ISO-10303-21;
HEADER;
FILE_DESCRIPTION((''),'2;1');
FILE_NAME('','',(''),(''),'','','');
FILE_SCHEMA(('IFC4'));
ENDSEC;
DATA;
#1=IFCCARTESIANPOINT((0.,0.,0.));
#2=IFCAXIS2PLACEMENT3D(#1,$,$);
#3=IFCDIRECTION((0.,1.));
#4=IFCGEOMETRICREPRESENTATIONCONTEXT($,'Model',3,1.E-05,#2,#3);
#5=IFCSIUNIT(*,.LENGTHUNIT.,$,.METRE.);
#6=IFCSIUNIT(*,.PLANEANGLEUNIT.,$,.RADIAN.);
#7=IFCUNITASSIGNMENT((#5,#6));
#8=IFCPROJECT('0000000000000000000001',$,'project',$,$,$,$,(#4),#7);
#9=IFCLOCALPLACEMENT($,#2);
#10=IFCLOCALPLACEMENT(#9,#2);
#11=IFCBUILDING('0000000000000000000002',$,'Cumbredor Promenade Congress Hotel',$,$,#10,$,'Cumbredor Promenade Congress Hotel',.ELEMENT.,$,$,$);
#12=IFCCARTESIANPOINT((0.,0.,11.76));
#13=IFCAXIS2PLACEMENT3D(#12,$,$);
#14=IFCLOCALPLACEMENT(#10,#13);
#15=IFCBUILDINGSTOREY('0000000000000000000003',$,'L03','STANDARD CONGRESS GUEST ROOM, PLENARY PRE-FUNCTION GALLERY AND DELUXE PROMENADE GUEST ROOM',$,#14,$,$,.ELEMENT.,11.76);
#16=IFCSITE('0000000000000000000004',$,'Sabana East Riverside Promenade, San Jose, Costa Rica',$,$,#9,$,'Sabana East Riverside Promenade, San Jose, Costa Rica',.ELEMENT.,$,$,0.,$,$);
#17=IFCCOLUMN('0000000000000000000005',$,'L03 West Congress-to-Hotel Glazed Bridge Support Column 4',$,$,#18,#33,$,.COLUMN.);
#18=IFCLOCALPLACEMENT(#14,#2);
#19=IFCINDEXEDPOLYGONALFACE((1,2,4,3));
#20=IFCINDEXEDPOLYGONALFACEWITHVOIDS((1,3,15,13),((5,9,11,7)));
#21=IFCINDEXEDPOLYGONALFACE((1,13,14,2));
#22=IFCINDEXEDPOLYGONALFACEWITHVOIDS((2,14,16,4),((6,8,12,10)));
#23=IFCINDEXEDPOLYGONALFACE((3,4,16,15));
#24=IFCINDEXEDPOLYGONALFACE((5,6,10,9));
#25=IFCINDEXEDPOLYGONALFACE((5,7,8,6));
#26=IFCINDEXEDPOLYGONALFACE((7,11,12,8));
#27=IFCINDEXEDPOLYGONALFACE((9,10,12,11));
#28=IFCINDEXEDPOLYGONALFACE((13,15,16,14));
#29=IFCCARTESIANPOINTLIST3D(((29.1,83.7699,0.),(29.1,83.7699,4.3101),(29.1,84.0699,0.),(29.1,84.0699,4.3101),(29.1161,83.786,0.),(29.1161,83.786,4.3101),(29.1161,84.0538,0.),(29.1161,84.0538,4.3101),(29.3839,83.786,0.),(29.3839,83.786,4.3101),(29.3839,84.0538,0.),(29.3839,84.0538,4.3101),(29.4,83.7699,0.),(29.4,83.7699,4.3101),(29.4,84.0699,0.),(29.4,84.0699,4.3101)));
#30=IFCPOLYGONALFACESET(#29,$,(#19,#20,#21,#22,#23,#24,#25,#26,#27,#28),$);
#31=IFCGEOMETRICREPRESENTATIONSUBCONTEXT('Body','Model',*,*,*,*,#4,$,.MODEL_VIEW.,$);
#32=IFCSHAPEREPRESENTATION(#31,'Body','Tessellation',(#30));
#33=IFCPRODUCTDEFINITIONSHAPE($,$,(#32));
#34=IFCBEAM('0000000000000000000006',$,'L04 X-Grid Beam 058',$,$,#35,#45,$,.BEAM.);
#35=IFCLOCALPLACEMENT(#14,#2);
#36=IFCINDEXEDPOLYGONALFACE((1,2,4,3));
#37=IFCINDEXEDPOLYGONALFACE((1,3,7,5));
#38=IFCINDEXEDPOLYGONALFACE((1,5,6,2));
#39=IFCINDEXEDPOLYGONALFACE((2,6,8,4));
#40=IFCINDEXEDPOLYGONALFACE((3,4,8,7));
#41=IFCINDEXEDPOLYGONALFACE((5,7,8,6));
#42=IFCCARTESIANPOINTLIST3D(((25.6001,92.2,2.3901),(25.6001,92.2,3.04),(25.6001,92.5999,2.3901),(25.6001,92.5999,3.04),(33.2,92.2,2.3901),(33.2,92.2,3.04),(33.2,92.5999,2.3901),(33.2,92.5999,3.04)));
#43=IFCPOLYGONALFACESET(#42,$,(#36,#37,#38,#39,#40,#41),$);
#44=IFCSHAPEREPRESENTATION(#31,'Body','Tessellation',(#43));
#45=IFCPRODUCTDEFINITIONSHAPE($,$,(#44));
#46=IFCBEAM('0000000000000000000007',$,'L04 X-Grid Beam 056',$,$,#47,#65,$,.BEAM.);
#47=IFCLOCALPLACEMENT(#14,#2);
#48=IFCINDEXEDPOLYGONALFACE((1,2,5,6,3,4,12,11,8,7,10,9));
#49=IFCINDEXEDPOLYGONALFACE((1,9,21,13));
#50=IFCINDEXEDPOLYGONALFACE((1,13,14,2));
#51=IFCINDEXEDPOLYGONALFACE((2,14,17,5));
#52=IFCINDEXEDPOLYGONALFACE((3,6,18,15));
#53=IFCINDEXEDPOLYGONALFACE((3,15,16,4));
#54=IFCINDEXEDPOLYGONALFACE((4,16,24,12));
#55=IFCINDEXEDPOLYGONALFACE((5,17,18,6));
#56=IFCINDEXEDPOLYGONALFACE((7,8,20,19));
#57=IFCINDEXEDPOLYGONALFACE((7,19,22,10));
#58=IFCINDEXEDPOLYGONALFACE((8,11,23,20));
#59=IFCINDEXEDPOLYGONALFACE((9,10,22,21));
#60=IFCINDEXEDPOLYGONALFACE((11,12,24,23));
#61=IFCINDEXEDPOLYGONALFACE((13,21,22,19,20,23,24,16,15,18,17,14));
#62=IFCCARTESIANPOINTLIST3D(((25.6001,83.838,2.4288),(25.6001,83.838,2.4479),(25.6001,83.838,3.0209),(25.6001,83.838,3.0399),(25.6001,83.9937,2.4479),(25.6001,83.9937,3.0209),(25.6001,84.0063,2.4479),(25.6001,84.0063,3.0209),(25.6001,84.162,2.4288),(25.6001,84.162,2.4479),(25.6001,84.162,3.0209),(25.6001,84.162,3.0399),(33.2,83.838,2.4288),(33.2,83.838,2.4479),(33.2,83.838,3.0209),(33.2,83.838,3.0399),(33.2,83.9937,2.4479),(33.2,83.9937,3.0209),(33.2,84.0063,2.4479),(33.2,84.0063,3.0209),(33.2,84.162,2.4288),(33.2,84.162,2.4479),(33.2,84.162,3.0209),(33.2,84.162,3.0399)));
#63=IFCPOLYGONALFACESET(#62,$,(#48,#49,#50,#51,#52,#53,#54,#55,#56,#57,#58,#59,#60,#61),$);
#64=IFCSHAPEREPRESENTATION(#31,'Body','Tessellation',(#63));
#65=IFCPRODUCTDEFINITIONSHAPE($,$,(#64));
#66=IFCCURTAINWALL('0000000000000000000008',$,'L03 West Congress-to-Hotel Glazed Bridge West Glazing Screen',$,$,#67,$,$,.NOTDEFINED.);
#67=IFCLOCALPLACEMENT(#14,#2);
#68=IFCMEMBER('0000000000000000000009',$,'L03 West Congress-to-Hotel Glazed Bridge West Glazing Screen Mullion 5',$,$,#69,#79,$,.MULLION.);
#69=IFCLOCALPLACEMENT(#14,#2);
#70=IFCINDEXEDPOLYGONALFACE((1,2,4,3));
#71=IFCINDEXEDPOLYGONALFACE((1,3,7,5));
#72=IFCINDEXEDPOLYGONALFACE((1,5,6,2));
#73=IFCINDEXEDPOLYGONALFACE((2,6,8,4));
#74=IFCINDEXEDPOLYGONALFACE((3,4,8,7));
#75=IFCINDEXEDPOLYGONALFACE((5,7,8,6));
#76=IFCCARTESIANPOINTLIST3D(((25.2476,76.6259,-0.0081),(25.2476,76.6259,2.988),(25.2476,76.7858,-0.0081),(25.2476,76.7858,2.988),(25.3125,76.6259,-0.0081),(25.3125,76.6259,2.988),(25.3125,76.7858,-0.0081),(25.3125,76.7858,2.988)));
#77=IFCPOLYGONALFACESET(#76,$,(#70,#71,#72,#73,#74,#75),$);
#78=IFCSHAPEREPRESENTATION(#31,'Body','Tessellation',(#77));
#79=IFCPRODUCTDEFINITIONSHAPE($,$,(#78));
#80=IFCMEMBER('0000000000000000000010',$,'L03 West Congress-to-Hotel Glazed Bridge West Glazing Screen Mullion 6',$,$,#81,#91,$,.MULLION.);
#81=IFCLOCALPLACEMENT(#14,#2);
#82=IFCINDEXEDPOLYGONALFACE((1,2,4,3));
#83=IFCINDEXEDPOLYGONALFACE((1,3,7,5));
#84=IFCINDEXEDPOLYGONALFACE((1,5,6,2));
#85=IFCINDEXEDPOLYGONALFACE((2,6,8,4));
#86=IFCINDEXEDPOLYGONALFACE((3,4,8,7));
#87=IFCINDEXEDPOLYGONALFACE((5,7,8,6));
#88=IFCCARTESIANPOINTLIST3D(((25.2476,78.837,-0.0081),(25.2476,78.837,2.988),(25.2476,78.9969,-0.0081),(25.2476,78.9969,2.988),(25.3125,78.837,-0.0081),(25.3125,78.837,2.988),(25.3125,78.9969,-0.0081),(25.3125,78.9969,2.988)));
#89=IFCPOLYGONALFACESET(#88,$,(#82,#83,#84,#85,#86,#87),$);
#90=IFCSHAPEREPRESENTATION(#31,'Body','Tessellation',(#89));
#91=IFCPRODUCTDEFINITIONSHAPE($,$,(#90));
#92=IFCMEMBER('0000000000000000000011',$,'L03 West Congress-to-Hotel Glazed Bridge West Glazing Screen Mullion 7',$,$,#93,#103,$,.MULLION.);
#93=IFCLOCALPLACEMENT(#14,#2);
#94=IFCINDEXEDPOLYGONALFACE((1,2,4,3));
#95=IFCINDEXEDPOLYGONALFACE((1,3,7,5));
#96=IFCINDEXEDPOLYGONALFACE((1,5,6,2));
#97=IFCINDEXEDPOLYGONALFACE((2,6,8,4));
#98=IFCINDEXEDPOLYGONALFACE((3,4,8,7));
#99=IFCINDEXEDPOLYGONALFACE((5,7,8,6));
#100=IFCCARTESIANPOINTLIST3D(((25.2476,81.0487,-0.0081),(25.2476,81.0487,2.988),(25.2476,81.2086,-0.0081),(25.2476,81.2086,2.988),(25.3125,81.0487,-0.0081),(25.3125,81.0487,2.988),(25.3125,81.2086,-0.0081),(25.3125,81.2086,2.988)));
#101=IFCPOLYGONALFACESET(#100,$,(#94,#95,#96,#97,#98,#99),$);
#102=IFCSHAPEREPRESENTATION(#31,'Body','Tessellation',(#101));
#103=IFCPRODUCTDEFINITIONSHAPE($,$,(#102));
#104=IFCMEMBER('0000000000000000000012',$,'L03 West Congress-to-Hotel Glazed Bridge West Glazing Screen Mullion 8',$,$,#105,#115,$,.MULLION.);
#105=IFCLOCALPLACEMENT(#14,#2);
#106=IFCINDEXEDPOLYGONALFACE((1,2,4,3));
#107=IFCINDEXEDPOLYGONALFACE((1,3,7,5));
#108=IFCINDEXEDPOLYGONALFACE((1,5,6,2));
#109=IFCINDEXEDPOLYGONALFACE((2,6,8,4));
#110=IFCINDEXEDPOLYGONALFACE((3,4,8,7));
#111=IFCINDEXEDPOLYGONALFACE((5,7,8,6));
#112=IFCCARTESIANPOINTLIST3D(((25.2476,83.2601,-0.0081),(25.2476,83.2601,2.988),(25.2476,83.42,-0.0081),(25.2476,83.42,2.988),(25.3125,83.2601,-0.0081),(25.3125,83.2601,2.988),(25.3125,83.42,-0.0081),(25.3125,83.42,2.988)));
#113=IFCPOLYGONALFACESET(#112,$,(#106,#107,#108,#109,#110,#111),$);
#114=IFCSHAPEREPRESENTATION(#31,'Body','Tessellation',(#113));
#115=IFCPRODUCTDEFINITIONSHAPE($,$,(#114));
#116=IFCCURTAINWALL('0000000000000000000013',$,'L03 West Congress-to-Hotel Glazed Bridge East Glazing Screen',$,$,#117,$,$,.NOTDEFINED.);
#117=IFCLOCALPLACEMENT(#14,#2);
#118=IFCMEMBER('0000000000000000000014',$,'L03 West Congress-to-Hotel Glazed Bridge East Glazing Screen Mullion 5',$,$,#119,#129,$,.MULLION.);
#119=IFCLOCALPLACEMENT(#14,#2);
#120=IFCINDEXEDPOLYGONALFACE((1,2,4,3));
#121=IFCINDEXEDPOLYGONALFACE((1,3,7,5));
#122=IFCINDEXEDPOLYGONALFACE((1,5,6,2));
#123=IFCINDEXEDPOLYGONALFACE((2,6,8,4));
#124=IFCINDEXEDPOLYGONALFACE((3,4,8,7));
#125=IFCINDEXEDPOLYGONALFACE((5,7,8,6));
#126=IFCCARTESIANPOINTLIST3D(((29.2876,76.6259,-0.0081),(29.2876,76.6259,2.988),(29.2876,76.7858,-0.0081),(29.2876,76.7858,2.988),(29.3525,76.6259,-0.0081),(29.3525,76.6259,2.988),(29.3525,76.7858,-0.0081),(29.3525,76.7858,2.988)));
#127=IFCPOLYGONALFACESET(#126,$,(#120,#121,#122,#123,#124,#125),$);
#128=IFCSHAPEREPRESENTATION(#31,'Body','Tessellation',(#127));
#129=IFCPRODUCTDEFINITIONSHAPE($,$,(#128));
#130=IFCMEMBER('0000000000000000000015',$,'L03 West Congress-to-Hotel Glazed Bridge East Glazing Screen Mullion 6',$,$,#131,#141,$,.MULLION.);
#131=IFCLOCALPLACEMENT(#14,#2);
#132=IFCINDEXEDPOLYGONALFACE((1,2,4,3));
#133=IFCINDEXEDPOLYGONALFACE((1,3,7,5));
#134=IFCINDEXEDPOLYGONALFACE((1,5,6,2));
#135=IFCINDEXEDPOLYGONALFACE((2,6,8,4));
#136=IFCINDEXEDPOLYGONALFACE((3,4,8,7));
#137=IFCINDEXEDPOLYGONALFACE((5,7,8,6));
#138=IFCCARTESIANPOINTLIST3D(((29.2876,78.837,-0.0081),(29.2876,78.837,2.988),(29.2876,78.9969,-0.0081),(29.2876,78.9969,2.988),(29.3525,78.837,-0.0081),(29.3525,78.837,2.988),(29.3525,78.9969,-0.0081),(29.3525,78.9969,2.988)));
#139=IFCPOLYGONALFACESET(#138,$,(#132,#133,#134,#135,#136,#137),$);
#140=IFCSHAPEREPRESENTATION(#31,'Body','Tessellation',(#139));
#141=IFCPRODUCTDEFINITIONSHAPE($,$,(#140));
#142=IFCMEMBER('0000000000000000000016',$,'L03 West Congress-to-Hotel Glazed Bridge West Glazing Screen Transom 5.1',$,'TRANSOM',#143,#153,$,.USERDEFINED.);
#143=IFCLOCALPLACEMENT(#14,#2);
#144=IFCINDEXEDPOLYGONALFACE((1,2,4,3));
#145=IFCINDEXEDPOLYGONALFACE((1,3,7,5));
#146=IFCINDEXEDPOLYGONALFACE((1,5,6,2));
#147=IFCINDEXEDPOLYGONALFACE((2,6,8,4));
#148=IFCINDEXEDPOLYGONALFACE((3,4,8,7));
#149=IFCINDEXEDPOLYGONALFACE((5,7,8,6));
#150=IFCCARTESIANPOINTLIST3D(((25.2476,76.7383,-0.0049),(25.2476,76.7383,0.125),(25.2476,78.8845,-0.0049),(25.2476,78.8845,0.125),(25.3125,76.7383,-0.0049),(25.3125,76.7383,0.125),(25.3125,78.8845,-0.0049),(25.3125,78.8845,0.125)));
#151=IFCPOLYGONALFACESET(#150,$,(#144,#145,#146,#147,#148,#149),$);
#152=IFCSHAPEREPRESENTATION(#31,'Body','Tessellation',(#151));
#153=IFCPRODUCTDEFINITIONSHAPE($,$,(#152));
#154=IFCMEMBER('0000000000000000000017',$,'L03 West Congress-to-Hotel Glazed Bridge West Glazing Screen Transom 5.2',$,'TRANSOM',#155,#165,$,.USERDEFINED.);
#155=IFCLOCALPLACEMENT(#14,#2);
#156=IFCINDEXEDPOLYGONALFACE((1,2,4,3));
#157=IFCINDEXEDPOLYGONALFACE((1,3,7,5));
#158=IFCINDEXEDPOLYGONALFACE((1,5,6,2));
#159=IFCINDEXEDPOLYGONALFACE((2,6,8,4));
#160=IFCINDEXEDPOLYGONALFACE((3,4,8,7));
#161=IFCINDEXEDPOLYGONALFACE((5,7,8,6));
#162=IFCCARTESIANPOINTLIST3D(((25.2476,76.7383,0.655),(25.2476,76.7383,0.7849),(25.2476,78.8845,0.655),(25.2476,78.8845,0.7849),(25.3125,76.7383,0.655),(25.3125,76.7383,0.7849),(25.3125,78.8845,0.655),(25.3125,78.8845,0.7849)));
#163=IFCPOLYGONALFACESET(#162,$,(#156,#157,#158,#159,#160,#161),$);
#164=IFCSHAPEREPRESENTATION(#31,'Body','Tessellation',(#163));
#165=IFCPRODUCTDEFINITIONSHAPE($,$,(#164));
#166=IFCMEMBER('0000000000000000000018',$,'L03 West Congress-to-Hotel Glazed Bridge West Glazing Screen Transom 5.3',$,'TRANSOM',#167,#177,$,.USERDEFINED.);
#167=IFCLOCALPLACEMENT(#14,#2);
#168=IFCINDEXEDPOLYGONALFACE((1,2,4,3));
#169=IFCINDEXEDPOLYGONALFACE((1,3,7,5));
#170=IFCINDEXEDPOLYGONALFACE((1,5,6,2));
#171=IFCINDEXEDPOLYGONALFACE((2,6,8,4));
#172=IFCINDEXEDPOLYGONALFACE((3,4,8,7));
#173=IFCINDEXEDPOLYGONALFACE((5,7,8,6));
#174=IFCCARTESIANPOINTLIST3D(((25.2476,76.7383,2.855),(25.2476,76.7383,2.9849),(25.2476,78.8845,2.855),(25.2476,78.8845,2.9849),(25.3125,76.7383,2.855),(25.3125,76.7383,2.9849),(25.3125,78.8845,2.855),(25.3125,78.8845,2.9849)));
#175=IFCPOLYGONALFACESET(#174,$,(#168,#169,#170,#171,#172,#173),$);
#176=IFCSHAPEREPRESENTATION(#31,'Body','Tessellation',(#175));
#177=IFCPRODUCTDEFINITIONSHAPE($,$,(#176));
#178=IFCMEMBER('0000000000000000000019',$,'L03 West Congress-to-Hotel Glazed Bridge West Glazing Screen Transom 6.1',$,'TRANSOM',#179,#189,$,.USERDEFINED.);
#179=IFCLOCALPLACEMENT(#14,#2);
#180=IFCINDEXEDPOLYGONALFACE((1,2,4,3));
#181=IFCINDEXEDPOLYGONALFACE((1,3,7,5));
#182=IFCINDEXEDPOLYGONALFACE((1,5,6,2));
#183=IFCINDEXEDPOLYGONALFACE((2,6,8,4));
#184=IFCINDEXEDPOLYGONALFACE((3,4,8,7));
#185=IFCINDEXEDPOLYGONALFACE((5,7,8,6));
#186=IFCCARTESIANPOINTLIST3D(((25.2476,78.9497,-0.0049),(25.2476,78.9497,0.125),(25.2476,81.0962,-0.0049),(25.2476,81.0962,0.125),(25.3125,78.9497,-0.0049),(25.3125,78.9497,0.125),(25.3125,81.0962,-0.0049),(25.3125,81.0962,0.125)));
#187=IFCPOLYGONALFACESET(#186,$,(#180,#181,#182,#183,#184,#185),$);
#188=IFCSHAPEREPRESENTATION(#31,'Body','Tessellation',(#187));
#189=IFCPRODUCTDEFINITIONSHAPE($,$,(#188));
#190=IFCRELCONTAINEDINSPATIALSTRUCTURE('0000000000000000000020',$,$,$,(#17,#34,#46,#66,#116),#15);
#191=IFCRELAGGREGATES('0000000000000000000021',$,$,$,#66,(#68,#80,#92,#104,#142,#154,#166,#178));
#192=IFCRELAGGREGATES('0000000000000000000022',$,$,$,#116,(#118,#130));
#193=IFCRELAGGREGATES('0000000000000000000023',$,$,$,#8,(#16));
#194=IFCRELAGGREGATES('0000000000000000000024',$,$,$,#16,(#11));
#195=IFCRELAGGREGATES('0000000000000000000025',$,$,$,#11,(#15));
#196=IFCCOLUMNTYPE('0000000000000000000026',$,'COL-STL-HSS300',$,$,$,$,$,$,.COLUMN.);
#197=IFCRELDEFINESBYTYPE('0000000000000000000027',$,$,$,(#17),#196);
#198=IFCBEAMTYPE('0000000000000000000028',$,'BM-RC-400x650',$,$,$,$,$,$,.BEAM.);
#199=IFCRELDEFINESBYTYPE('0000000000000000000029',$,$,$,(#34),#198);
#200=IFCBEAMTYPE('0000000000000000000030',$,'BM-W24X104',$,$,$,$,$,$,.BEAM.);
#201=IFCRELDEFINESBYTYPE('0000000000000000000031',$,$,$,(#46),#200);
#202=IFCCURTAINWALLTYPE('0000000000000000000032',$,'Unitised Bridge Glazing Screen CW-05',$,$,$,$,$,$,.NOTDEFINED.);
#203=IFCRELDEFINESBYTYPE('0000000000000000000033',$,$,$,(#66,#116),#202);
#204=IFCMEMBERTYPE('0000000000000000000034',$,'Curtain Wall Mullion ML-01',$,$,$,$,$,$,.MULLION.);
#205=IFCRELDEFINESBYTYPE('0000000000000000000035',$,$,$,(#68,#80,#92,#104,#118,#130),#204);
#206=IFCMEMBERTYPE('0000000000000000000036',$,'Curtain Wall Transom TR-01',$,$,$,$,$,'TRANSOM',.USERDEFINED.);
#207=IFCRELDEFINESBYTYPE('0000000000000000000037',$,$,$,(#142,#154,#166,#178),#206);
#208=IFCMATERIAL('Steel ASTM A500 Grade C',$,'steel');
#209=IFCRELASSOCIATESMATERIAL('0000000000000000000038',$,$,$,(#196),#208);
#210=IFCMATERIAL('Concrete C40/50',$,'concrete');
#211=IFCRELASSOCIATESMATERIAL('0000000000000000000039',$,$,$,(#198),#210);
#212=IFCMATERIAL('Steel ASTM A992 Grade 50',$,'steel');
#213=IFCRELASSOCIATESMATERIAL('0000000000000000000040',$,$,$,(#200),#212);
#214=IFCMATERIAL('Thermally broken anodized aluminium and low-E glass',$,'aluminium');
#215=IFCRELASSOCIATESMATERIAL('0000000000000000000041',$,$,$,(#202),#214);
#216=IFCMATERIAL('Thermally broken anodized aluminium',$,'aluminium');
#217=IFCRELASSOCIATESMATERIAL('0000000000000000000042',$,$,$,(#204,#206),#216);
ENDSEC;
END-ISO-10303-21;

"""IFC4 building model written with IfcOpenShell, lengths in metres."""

from ifc_helpers import new_model, si_unit, direction, frame, origin, origin_2d, place, context, subcontext, project, spatial, rectangle, hollow_rectangle, i_section, extrude, material, material_profile, profile_set, type_object, element, aggregate, save


model = new_model("IFC4")

# Units and contexts
model_context = context("Model", 3, precision=1e-05, world=origin(), true_north=direction((0.0, 1.0)))
body_context = subcontext(model_context, "Body", "Model", "MODEL_VIEW")
ifc_project = project(units=[si_unit("LENGTHUNIT", "METRE"), si_unit("PLANEANGLEUNIT", "RADIAN")], contexts=[model_context])

# Site, building, storey
site_placement = place(None, origin())
site = spatial("IfcSite", under=ifc_project, at=site_placement, Name="Sabana East Riverside Promenade, San Jose, Costa Rica", LongName="Sabana East Riverside Promenade, San Jose, Costa Rica", CompositionType="ELEMENT", RefElevation=0.0)
building_placement = place(site_placement, origin())
building = spatial("IfcBuilding", under=site, at=building_placement, Name="Cumbredor Promenade Congress Hotel", LongName="Cumbredor Promenade Congress Hotel", CompositionType="ELEMENT")
storey_placement = place(building_placement, frame((0.0, 0.0, 11.76)))
storey = spatial("IfcBuildingStorey", under=building, at=storey_placement, Name="L03", Description="STANDARD CONGRESS GUEST ROOM, PLENARY PRE-FUNCTION GALLERY AND DELUXE PROMENADE GUEST ROOM", CompositionType="ELEMENT", Elevation=11.76)

# Column
ifc_material_1 = material(Name="Steel ASTM A500 Grade C", Category="steel")
ifc_material_profile_1 = material_profile(ifc_material_1, hollow_rectangle(XDim=0.3, YDim=0.3, WallThickness=0.0161, at=origin_2d()), Name="HSS 300x300x16")
ifc_profile_set_1 = profile_set([ifc_material_profile_1], Name="Steel ASTM A500 Grade C")
column_type = type_object("IfcColumnType", Name="COL-STL-HSS300", PredefinedType="COLUMN", material=ifc_profile_set_1)
column_placement = place(storey_placement, frame((29.25, 83.9199, 0.0), z_axis=(0.0, 0.0, 1.0), x_axis=(1.0, 0.0, 0.0)))
element("IfcColumn", 1, at=column_placement, inside=storey, type_object=column_type, Name="L03 West Congress-to-Hotel Glazed Bridge Support Column 4", PredefinedType="COLUMN", context=body_context, shape_type="SweptSolid", body=[
    extrude(hollow_rectangle(XDim=0.3, YDim=0.3, WallThickness=0.0161, at=origin_2d()), origin(), (0.0, 0.0, 1.0), 4.3101),
])

# Beams
ifc_material_2 = material(Name="Concrete C40/50", Category="concrete")
ifc_material_profile_2 = material_profile(ifc_material_2, rectangle(XDim=0.3999, YDim=0.6499, at=origin_2d()), Name="RC BEAM 400x650")
ifc_profile_set_2 = profile_set([ifc_material_profile_2], Name="Concrete C40/50")
beam_type_1 = type_object("IfcBeamType", Name="BM-RC-400x650", PredefinedType="BEAM", material=ifc_profile_set_2)
beam_1_placement = place(storey_placement, frame((25.6001, 92.3999, 2.7151), z_axis=(1.0, 0.0, 0.0), x_axis=(0.0, 1.0, 0.0)))
element("IfcBeam", 2, at=beam_1_placement, inside=storey, type_object=beam_type_1, Name="L04 X-Grid Beam 058", PredefinedType="BEAM", context=body_context, shape_type="SweptSolid", body=[
    extrude(rectangle(XDim=0.3999, YDim=0.6499, at=origin_2d()), origin(), (0.0, 0.0, 1.0), 7.5999),
])
ifc_material_3 = material(Name="Steel ASTM A992 Grade 50", Category="steel")
ifc_material_profile_3 = material_profile(ifc_material_3, i_section(OverallWidth=0.324, OverallDepth=0.6111, WebThickness=0.0127, FlangeThickness=0.019, at=origin_2d()), Name="W24X104")
ifc_profile_set_3 = profile_set([ifc_material_profile_3], Name="Steel ASTM A992 Grade 50")
beam_type_2 = type_object("IfcBeamType", Name="BM-W24X104", PredefinedType="BEAM", material=ifc_profile_set_3)
beam_2_placement = place(storey_placement, frame((25.6001, 84.0, 2.7344), z_axis=(1.0, 0.0, 0.0), x_axis=(0.0, 1.0, 0.0)))
element("IfcBeam", 3, at=beam_2_placement, inside=storey, type_object=beam_type_2, Name="L04 X-Grid Beam 056", PredefinedType="BEAM", context=body_context, shape_type="SweptSolid", body=[
    extrude(i_section(OverallWidth=0.324, OverallDepth=0.6111, WebThickness=0.0127, FlangeThickness=0.019, at=origin_2d()), origin(), (0.0, 0.0, 1.0), 7.5999),
])

# Curtain walls, members
ifc_material_4 = material(Name="Thermally broken anodized aluminium and low-E glass", Category="aluminium")
curtain_wall_type = type_object("IfcCurtainWallType", Name="Unitised Bridge Glazing Screen CW-05", PredefinedType="NOTDEFINED", material=ifc_material_4)
curtain_wall_1_placement = place(storey_placement, origin())
curtain_wall_1 = element("IfcCurtainWall", 4, at=curtain_wall_1_placement, inside=storey, type_object=curtain_wall_type, Name="L03 West Congress-to-Hotel Glazed Bridge West Glazing Screen", PredefinedType="NOTDEFINED")
ifc_material_5 = material(Name="Thermally broken anodized aluminium", Category="aluminium")
ifc_material_profile_4 = material_profile(ifc_material_5, rectangle(XDim=0.0649, YDim=0.1599, at=origin_2d()), Name="ALU MULLION 65x160")
ifc_profile_set_4 = profile_set([ifc_material_profile_4], Name="Thermally broken anodized aluminium")
member_type_1 = type_object("IfcMemberType", Name="Curtain Wall Mullion ML-01", PredefinedType="MULLION", material=ifc_profile_set_4)
member_1_placement = place(storey_placement, frame((25.28, 76.7058, -0.0081), z_axis=(0.0, 0.0, 1.0), x_axis=(1.0, 0.0, 0.0)))
member_1 = element("IfcMember", 5, at=member_1_placement, type_object=member_type_1, Name="L03 West Congress-to-Hotel Glazed Bridge West Glazing Screen Mullion 5", PredefinedType="MULLION", context=body_context, shape_type="SweptSolid", body=[
    extrude(rectangle(XDim=0.0649, YDim=0.1599, at=origin_2d()), origin(), (0.0, 0.0, 1.0), 2.9961),
])
member_2_placement = place(storey_placement, frame((25.28, 78.917, -0.0081), z_axis=(0.0, 0.0, 1.0), x_axis=(1.0, 0.0, 0.0)))
member_2 = element("IfcMember", 6, at=member_2_placement, type_object=member_type_1, Name="L03 West Congress-to-Hotel Glazed Bridge West Glazing Screen Mullion 6", PredefinedType="MULLION", context=body_context, shape_type="SweptSolid", body=[
    extrude(rectangle(XDim=0.0649, YDim=0.1599, at=origin_2d()), origin(), (0.0, 0.0, 1.0), 2.9961),
])
member_3_placement = place(storey_placement, frame((25.28, 81.1287, -0.0081), z_axis=(0.0, 0.0, 1.0), x_axis=(1.0, 0.0, 0.0)))
member_3 = element("IfcMember", 7, at=member_3_placement, type_object=member_type_1, Name="L03 West Congress-to-Hotel Glazed Bridge West Glazing Screen Mullion 7", PredefinedType="MULLION", context=body_context, shape_type="SweptSolid", body=[
    extrude(rectangle(XDim=0.0649, YDim=0.1599, at=origin_2d()), origin(), (0.0, 0.0, 1.0), 2.9961),
])
member_4_placement = place(storey_placement, frame((25.28, 83.3401, -0.0081), z_axis=(0.0, 0.0, 1.0), x_axis=(1.0, 0.0, 0.0)))
member_4 = element("IfcMember", 8, at=member_4_placement, type_object=member_type_1, Name="L03 West Congress-to-Hotel Glazed Bridge West Glazing Screen Mullion 8", PredefinedType="MULLION", context=body_context, shape_type="SweptSolid", body=[
    extrude(rectangle(XDim=0.0649, YDim=0.1599, at=origin_2d()), origin(), (0.0, 0.0, 1.0), 2.9961),
])
curtain_wall_2_placement = place(storey_placement, origin())
curtain_wall_2 = element("IfcCurtainWall", 9, at=curtain_wall_2_placement, inside=storey, type_object=curtain_wall_type, Name="L03 West Congress-to-Hotel Glazed Bridge East Glazing Screen", PredefinedType="NOTDEFINED")
member_5_placement = place(storey_placement, frame((29.3201, 76.7058, -0.0081), z_axis=(0.0, 0.0, 1.0), x_axis=(1.0, 0.0, 0.0)))
member_5 = element("IfcMember", 10, at=member_5_placement, type_object=member_type_1, Name="L03 West Congress-to-Hotel Glazed Bridge East Glazing Screen Mullion 5", PredefinedType="MULLION", context=body_context, shape_type="SweptSolid", body=[
    extrude(rectangle(XDim=0.0649, YDim=0.1599, at=origin_2d()), origin(), (0.0, 0.0, 1.0), 2.9961),
])
member_6_placement = place(storey_placement, frame((29.3201, 78.917, -0.0081), z_axis=(0.0, 0.0, 1.0), x_axis=(1.0, 0.0, 0.0)))
member_6 = element("IfcMember", 11, at=member_6_placement, type_object=member_type_1, Name="L03 West Congress-to-Hotel Glazed Bridge East Glazing Screen Mullion 6", PredefinedType="MULLION", context=body_context, shape_type="SweptSolid", body=[
    extrude(rectangle(XDim=0.0649, YDim=0.1599, at=origin_2d()), origin(), (0.0, 0.0, 1.0), 2.9961),
])

# Members
ifc_material_profile_5 = material_profile(ifc_material_5, rectangle(XDim=0.0649, YDim=0.1299, at=origin_2d()), Name="ALU TRANSOM 65x130")
ifc_profile_set_5 = profile_set([ifc_material_profile_5], Name="Thermally broken anodized aluminium")
member_type_2 = type_object("IfcMemberType", Name="Curtain Wall Transom TR-01", ElementType="TRANSOM", PredefinedType="USERDEFINED", material=ifc_profile_set_5)
member_7_placement = place(storey_placement, frame((25.28, 76.7383, 0.0601), z_axis=(0.0, 1.0, 0.0), x_axis=(-1.0, 0.0, 0.0)))
member_7 = element("IfcMember", 12, at=member_7_placement, type_object=member_type_2, Name="L03 West Congress-to-Hotel Glazed Bridge West Glazing Screen Transom 5.1", ObjectType="TRANSOM", PredefinedType="USERDEFINED", context=body_context, shape_type="SweptSolid", body=[
    extrude(rectangle(XDim=0.0649, YDim=0.1299, at=origin_2d()), origin(), (0.0, 0.0, 1.0), 2.1462),
])
member_8_placement = place(storey_placement, frame((25.28, 76.7383, 0.72), z_axis=(0.0, 1.0, 0.0), x_axis=(-1.0, 0.0, 0.0)))
member_8 = element("IfcMember", 13, at=member_8_placement, type_object=member_type_2, Name="L03 West Congress-to-Hotel Glazed Bridge West Glazing Screen Transom 5.2", ObjectType="TRANSOM", PredefinedType="USERDEFINED", context=body_context, shape_type="SweptSolid", body=[
    extrude(rectangle(XDim=0.0649, YDim=0.1299, at=origin_2d()), origin(), (0.0, 0.0, 1.0), 2.1462),
])
member_9_placement = place(storey_placement, frame((25.28, 76.7383, 2.9199), z_axis=(0.0, 1.0, 0.0), x_axis=(-1.0, 0.0, 0.0)))
member_9 = element("IfcMember", 14, at=member_9_placement, type_object=member_type_2, Name="L03 West Congress-to-Hotel Glazed Bridge West Glazing Screen Transom 5.3", ObjectType="TRANSOM", PredefinedType="USERDEFINED", context=body_context, shape_type="SweptSolid", body=[
    extrude(rectangle(XDim=0.0649, YDim=0.1299, at=origin_2d()), origin(), (0.0, 0.0, 1.0), 2.1462),
])
member_10_placement = place(storey_placement, frame((25.28, 78.9497, 0.0601), z_axis=(0.0, 1.0, 0.0), x_axis=(-1.0, 0.0, 0.0)))
member_10 = element("IfcMember", 15, at=member_10_placement, type_object=member_type_2, Name="L03 West Congress-to-Hotel Glazed Bridge West Glazing Screen Transom 6.1", ObjectType="TRANSOM", PredefinedType="USERDEFINED", context=body_context, shape_type="SweptSolid", body=[
    extrude(rectangle(XDim=0.0649, YDim=0.1299, at=origin_2d()), origin(), (0.0, 0.0, 1.0), 2.1465),
])

aggregate(curtain_wall_1, [member_1, member_2, member_3, member_4, member_7, member_8, member_9, member_10])
aggregate(curtain_wall_2, [member_5, member_6])

save(model, "model.ifc")
